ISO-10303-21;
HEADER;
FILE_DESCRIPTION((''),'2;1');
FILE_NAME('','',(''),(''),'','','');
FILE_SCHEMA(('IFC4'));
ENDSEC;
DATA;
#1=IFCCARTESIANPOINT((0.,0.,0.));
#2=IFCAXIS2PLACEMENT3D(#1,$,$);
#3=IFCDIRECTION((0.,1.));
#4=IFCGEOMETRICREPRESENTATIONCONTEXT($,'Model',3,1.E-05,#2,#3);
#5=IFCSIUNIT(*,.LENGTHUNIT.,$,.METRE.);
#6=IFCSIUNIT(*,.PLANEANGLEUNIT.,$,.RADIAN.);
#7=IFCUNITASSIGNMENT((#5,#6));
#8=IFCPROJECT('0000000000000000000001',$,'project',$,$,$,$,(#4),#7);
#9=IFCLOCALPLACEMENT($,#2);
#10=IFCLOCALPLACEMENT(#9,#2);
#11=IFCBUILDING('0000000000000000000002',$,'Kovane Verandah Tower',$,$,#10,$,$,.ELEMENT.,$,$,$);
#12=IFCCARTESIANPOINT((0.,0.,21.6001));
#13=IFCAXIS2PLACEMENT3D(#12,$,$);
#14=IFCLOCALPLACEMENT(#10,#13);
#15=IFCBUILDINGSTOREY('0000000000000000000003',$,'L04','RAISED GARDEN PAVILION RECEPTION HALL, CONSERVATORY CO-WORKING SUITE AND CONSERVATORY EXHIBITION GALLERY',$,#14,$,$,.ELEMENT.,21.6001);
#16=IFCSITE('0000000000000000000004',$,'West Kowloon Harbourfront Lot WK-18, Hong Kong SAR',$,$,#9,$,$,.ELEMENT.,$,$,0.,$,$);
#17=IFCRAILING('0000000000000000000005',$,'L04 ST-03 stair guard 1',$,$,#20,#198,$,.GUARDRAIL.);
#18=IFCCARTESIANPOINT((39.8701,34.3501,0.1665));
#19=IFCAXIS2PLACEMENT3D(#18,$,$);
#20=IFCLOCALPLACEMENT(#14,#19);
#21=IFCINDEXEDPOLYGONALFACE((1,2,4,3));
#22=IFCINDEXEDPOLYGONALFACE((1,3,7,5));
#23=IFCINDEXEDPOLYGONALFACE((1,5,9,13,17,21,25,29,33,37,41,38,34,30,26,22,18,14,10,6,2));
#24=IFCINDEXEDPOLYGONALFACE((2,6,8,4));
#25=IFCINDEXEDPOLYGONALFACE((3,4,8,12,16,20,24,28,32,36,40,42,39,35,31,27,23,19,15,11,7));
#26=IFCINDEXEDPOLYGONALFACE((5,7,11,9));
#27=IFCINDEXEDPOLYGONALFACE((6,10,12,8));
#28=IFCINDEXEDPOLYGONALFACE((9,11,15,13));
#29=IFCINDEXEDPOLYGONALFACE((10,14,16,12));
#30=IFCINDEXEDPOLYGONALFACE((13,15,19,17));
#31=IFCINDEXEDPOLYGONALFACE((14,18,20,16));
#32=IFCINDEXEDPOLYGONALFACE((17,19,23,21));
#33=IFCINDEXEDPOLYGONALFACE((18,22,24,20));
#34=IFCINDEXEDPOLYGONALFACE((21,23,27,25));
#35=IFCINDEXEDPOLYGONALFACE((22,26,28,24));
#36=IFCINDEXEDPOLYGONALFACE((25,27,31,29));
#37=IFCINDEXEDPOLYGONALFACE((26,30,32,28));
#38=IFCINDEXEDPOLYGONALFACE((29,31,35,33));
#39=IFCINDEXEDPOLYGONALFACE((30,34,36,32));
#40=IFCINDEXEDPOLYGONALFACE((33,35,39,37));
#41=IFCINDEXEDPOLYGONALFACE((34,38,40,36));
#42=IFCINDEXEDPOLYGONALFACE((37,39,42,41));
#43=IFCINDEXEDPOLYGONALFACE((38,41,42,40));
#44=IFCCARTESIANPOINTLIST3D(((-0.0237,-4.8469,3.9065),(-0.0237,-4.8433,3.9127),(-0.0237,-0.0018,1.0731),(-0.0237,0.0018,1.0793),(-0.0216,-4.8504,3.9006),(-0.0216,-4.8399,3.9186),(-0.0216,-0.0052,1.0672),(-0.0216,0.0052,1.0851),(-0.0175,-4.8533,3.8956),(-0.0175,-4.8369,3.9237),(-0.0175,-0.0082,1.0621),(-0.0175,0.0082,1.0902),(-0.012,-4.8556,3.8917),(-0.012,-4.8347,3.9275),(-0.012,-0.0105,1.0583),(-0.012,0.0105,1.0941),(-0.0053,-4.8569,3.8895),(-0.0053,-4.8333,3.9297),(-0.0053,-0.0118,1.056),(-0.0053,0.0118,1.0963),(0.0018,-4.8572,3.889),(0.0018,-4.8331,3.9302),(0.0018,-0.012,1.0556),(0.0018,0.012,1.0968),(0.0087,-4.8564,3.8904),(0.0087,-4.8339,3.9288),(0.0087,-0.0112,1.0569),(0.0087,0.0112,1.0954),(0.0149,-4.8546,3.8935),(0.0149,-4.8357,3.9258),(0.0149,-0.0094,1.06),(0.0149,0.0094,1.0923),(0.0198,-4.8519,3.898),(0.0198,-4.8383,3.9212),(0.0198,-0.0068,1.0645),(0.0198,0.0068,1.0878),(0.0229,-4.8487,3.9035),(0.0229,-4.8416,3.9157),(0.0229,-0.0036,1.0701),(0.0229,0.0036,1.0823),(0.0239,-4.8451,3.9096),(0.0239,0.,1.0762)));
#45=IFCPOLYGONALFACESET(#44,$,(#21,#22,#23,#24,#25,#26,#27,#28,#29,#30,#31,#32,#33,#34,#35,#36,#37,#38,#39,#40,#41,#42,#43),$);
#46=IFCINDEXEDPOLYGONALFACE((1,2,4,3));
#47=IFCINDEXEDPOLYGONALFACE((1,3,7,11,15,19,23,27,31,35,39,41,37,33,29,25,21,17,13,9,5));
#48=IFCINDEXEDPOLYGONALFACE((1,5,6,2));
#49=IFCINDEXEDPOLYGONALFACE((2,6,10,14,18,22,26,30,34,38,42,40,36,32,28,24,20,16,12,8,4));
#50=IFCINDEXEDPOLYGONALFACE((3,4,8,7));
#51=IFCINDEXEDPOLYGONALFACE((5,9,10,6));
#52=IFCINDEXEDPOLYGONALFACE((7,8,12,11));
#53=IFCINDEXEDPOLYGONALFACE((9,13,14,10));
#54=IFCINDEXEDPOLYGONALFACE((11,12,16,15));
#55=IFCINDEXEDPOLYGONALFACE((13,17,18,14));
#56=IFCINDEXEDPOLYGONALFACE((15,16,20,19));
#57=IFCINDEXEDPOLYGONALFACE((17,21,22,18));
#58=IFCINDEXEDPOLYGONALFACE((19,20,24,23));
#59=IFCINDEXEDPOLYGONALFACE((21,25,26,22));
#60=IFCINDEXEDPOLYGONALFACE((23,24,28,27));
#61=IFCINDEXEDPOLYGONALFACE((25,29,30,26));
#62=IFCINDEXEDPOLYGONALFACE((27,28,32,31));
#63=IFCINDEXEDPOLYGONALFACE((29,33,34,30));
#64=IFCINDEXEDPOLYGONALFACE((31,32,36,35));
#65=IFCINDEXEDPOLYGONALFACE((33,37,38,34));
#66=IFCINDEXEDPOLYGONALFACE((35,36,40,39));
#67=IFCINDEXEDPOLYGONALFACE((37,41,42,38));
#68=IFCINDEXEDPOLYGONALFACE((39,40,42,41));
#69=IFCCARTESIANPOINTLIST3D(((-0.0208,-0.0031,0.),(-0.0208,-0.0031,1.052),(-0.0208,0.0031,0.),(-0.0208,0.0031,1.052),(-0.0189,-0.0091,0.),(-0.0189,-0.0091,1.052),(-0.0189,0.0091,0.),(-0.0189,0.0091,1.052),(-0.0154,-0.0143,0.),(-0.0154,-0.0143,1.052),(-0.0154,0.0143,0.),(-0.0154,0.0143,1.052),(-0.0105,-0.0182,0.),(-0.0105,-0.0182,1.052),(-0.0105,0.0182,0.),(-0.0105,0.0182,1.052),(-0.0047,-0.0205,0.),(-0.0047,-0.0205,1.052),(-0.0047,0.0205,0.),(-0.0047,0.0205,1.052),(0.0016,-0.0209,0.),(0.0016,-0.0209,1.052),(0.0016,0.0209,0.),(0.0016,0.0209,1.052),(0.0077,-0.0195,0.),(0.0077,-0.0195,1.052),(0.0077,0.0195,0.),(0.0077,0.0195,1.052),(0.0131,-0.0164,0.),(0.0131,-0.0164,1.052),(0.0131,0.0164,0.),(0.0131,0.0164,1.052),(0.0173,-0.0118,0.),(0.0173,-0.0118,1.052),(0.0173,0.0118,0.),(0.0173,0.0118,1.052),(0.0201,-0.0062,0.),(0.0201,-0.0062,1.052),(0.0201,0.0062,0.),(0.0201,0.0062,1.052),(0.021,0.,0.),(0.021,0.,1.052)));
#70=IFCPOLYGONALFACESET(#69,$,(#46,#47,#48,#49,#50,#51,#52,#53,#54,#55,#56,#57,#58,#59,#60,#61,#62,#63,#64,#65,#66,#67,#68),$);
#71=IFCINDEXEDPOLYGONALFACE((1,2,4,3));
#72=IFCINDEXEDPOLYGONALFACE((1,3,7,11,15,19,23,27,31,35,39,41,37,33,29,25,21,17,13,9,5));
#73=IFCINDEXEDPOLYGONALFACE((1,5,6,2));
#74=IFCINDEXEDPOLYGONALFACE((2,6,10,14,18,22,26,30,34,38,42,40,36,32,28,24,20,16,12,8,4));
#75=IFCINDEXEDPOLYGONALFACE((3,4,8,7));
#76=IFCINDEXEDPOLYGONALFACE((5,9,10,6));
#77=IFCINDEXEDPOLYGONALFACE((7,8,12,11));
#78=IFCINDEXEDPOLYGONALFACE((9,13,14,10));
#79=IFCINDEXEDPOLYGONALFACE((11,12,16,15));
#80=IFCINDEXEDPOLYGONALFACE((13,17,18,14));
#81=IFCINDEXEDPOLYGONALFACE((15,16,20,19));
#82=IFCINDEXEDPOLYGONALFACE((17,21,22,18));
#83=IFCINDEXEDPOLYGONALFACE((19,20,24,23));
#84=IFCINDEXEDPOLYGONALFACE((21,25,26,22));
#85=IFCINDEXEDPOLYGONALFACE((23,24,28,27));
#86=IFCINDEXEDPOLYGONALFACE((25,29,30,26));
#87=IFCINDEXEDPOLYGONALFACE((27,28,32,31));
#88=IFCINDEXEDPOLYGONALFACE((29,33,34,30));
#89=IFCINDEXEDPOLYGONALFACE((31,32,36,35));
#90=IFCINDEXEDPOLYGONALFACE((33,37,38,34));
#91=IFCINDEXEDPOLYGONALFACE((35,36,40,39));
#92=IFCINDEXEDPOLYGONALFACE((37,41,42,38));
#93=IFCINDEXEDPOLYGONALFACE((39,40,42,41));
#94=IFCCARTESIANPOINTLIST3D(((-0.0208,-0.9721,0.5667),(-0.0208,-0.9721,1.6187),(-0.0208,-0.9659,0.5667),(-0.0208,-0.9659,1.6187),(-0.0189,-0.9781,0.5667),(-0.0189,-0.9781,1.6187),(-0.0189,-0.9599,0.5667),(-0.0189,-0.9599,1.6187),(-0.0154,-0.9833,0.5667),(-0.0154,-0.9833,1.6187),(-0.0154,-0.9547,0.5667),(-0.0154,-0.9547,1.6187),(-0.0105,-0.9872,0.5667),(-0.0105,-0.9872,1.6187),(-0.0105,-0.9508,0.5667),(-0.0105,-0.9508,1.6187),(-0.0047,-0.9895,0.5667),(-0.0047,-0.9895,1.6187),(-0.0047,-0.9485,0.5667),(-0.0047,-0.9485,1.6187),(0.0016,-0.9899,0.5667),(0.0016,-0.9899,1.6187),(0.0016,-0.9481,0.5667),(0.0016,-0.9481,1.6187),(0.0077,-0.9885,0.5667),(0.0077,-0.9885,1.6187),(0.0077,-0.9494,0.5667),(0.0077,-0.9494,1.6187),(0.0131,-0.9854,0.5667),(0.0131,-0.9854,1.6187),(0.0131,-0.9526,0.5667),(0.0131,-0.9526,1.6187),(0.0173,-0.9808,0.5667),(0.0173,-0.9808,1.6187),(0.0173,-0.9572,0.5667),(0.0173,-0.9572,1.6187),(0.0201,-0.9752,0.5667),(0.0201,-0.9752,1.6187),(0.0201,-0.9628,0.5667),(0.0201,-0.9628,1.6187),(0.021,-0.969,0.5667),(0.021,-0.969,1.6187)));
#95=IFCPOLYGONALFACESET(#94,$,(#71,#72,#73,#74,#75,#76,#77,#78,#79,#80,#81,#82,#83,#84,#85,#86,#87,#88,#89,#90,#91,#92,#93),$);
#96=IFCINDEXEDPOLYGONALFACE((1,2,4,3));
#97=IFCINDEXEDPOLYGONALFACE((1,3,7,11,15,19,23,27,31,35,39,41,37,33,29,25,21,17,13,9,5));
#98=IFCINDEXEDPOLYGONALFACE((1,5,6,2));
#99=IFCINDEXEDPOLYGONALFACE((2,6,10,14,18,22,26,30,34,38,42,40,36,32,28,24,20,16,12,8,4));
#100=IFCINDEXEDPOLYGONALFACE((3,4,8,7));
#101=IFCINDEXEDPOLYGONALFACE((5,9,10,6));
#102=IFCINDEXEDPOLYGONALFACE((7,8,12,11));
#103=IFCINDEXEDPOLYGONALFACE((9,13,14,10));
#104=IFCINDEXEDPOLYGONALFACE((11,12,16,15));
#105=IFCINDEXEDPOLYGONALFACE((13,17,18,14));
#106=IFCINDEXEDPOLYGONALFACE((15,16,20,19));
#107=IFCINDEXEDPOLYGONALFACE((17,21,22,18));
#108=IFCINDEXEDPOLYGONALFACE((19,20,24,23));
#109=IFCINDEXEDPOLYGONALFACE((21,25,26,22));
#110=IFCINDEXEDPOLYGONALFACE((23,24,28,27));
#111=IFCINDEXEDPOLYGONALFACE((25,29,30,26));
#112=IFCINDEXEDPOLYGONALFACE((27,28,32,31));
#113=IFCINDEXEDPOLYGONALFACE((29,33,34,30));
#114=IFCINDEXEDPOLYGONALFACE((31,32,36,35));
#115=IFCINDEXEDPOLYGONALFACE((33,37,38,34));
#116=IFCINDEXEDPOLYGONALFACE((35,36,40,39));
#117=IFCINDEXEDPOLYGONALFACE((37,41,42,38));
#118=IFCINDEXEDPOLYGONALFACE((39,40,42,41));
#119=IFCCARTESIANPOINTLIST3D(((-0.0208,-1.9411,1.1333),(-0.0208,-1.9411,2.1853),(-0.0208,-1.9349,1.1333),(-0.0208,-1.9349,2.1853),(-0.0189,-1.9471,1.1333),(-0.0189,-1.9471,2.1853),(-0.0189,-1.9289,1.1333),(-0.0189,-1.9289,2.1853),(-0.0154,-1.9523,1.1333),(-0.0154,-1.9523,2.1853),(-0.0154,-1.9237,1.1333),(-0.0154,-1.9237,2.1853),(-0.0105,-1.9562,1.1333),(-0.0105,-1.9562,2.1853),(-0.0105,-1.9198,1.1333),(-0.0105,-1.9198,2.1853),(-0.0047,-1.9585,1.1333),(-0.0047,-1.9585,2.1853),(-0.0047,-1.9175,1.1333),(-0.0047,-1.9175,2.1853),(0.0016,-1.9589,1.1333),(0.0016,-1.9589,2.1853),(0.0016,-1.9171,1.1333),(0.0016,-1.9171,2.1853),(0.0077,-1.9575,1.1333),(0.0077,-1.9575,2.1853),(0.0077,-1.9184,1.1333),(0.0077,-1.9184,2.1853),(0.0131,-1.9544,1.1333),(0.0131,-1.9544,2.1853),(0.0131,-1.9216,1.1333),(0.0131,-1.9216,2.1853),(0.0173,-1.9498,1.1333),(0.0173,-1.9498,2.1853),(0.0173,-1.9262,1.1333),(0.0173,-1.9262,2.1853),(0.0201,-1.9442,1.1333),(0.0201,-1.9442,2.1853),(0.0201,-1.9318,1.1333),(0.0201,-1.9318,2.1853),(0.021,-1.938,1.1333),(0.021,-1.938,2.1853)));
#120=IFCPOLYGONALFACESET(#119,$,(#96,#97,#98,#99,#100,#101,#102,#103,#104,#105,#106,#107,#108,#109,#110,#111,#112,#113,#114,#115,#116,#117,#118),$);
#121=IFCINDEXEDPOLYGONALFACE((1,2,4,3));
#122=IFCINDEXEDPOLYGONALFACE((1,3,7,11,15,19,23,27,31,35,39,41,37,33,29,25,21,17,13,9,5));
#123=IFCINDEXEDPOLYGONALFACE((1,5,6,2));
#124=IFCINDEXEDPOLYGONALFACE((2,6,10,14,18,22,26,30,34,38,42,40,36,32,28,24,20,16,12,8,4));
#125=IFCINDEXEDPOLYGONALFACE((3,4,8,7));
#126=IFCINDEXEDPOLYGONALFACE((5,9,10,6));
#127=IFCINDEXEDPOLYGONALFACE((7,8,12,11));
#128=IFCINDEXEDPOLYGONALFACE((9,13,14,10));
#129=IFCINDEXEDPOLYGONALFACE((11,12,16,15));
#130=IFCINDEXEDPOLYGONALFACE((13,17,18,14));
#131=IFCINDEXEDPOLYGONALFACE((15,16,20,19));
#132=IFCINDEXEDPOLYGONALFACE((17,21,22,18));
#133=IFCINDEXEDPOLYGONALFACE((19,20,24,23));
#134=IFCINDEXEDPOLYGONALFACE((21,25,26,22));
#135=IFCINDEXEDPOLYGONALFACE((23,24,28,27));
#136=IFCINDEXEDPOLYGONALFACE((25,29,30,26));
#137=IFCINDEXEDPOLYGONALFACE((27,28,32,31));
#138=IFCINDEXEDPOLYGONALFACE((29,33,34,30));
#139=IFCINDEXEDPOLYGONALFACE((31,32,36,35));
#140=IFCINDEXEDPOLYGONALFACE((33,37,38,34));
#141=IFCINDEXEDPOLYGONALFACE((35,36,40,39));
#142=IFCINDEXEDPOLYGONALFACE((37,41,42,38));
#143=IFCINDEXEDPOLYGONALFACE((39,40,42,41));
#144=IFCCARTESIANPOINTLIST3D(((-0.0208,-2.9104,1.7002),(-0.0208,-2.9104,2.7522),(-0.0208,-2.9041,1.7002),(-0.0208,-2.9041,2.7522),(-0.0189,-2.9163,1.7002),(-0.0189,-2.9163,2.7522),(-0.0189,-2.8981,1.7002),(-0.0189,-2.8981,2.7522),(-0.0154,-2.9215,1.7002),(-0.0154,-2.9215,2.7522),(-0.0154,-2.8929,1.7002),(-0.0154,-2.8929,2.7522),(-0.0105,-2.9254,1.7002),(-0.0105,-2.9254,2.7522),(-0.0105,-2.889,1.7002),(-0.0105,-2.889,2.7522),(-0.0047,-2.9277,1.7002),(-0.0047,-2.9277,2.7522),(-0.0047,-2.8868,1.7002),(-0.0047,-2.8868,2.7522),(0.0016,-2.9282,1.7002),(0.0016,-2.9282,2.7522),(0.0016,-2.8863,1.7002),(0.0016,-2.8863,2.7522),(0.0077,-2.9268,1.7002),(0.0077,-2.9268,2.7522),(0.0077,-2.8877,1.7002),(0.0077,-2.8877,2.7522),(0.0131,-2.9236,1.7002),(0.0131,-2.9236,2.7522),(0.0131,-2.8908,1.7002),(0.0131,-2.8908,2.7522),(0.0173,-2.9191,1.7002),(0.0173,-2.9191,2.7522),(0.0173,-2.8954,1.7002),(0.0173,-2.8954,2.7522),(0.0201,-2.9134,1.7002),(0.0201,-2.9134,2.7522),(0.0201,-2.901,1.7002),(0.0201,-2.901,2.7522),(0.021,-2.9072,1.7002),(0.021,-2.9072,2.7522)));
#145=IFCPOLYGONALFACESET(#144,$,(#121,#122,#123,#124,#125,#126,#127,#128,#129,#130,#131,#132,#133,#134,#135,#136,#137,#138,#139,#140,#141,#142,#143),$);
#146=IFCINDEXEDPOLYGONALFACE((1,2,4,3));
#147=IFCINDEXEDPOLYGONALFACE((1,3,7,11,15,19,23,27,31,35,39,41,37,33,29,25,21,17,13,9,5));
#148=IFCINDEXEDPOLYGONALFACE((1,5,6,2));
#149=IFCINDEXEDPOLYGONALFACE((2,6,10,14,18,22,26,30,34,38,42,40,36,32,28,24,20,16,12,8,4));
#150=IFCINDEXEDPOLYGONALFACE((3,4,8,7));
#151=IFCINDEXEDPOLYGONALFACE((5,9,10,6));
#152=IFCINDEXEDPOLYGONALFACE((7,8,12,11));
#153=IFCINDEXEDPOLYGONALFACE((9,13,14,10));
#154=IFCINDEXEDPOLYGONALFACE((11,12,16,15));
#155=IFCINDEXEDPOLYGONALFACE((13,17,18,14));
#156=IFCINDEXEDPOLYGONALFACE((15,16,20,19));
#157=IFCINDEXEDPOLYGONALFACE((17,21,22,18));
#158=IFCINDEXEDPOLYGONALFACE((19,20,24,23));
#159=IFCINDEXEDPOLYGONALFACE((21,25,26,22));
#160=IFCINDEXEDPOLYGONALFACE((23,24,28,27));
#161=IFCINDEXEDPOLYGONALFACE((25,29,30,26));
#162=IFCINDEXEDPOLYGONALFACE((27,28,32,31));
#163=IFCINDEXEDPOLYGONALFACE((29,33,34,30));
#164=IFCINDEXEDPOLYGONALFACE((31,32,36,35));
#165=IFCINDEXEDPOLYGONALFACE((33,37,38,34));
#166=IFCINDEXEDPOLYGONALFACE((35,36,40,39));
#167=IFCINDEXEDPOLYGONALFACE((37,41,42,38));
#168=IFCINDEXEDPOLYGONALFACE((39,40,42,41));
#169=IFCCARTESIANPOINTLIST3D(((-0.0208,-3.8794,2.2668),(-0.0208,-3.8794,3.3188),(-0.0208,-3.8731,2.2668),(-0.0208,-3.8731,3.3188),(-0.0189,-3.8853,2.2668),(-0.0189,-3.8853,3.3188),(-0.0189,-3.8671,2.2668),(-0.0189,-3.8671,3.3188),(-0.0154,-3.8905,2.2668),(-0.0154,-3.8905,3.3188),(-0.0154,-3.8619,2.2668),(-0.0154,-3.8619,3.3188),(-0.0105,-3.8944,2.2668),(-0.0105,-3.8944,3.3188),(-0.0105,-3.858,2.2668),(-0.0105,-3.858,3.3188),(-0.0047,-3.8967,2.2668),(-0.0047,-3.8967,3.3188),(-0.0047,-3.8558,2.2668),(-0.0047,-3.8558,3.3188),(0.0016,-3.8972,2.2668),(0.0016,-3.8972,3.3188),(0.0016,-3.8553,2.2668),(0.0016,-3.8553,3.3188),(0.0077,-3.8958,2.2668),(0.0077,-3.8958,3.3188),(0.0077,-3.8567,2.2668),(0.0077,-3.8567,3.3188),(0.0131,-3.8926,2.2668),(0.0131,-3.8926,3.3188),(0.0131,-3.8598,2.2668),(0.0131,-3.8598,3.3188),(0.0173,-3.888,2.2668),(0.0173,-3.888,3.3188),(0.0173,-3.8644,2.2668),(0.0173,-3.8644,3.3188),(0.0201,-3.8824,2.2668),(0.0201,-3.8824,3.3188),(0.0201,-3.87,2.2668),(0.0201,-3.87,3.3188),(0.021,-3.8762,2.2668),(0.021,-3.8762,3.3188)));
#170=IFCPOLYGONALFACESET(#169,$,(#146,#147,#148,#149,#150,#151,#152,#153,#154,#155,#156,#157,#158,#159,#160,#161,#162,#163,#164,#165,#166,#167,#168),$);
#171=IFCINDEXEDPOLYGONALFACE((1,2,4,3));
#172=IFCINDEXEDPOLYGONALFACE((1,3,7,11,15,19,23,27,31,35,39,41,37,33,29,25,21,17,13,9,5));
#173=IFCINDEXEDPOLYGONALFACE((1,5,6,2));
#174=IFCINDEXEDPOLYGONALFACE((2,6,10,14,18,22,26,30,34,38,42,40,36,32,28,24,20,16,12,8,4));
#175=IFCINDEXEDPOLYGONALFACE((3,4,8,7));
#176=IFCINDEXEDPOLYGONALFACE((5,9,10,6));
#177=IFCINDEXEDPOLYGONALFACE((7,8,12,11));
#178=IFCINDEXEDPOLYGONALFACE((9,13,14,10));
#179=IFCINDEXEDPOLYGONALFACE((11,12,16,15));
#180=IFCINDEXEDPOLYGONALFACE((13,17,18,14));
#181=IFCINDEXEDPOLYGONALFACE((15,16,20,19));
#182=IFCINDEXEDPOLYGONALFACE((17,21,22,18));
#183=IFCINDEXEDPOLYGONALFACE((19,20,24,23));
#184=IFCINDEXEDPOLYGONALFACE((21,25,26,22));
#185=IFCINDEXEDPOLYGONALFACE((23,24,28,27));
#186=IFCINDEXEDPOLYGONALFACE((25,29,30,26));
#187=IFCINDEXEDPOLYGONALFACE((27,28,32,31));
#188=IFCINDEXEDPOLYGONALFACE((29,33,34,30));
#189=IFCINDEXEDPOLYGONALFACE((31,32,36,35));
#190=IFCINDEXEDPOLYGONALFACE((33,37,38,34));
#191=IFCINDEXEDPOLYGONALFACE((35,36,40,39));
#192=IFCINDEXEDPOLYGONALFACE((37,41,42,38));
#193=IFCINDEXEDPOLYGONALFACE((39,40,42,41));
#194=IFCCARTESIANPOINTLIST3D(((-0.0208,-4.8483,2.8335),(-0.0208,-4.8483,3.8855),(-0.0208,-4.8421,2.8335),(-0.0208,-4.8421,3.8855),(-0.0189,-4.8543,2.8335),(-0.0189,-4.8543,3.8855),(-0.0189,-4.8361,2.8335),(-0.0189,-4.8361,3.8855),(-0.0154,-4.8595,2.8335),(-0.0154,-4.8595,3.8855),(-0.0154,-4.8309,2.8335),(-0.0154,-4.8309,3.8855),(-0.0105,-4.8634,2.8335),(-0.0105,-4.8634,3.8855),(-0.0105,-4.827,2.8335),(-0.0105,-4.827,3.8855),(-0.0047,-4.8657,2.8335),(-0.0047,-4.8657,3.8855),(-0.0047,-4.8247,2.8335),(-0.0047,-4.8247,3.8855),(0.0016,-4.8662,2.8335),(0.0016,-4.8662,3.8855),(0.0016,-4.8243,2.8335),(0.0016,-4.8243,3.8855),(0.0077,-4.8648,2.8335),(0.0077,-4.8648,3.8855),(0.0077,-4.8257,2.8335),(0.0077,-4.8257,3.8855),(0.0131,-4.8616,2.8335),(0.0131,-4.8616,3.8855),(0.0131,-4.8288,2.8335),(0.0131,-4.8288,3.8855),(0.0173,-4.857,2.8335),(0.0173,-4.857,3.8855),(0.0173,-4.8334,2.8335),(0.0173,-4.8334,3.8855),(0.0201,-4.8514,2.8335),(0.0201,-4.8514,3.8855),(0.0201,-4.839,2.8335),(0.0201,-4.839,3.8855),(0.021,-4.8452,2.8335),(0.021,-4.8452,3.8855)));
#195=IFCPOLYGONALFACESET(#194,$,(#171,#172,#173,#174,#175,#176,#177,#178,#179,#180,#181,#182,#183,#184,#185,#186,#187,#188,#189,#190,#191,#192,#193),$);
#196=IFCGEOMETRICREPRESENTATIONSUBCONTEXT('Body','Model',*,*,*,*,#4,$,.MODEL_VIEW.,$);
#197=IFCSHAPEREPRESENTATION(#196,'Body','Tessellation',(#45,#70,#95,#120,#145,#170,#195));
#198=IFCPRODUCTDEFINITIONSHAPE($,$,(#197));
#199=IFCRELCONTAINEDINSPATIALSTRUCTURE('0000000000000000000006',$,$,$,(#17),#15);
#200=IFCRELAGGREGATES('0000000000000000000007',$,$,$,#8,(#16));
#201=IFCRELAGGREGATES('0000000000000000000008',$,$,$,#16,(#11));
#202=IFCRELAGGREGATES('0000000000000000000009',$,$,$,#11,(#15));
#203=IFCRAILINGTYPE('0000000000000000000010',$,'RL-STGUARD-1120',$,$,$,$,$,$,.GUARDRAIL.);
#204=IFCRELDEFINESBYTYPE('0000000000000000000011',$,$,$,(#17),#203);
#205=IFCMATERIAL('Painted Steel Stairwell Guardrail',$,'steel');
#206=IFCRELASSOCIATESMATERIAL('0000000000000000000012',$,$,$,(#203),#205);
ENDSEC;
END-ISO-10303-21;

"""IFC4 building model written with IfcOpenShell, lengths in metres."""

from ifc_helpers import new_model, si_unit, direction, frame, origin, origin_2d, place, context, subcontext, project, spatial, circle, extrude, material, type_object, element, save


model = new_model("IFC4")

# Units and contexts
model_context = context("Model", 3, precision=1e-05, world=origin(), true_north=direction((0.0, 1.0)))
body_context = subcontext(model_context, "Body", "Model", "MODEL_VIEW")
ifc_project = project(units=[si_unit("LENGTHUNIT", "METRE"), si_unit("PLANEANGLEUNIT", "RADIAN")], contexts=[model_context])

# Site, building, storey
site_placement = place(None, origin())
site = spatial("IfcSite", under=ifc_project, at=site_placement, Name="West Kowloon Harbourfront Lot WK-18, Hong Kong SAR", CompositionType="ELEMENT", RefElevation=0.0)
building_placement = place(site_placement, origin())
building = spatial("IfcBuilding", under=site, at=building_placement, Name="Kovane Verandah Tower", CompositionType="ELEMENT")
storey_placement = place(building_placement, frame((0.0, 0.0, 21.6001)))
storey = spatial("IfcBuildingStorey", under=building, at=storey_placement, Name="L04", Description="RAISED GARDEN PAVILION RECEPTION HALL, CONSERVATORY CO-WORKING SUITE AND CONSERVATORY EXHIBITION GALLERY", CompositionType="ELEMENT", Elevation=21.6001)

# Railing
ifc_material_1 = material(Name="Painted Steel Stairwell Guardrail", Category="steel")
railing_type_1 = type_object("IfcRailingType", Name="RL-STGUARD-1120", PredefinedType="GUARDRAIL", material=ifc_material_1)
railing_1_placement = place(storey_placement, frame((39.8701, 34.3501, 0.1665)))
element("IfcRailing", 1, at=railing_1_placement, inside=storey, type_object=railing_type_1, Name="L04 ST-03 stair guard 1", PredefinedType="GUARDRAIL", context=body_context, shape_type="SweptSolid", body=[
    extrude(circle(Radius=0.0239, at=origin_2d()), frame((0.0, 0.0, 1.0762), z_axis=(0.0, -0.863226, 0.504817), x_axis=(1.0, 0.0, 0.0)), (0.0, 0.0, 1.0), 5.6128),
    extrude(circle(Radius=0.021, at=origin_2d()), origin(), (0.0, 0.0, 1.0), 1.052),
    extrude(circle(Radius=0.021, at=origin_2d()), frame((0.0, -0.969, 0.5667)), (0.0, 0.0, 1.0), 1.052),
    extrude(circle(Radius=0.021, at=origin_2d()), frame((0.0, -1.938, 1.1333)), (0.0, 0.0, 1.0), 1.052),
    extrude(circle(Radius=0.021, at=origin_2d()), frame((0.0, -2.9072, 1.7002)), (0.0, 0.0, 1.0), 1.052),
    extrude(circle(Radius=0.021, at=origin_2d()), frame((0.0, -3.8762, 2.2668)), (0.0, 0.0, 1.0), 1.052),
    extrude(circle(Radius=0.021, at=origin_2d()), frame((0.0, -4.8452, 2.8335)), (0.0, 0.0, 1.0), 1.052),
])

save(model, "model.ifc")
